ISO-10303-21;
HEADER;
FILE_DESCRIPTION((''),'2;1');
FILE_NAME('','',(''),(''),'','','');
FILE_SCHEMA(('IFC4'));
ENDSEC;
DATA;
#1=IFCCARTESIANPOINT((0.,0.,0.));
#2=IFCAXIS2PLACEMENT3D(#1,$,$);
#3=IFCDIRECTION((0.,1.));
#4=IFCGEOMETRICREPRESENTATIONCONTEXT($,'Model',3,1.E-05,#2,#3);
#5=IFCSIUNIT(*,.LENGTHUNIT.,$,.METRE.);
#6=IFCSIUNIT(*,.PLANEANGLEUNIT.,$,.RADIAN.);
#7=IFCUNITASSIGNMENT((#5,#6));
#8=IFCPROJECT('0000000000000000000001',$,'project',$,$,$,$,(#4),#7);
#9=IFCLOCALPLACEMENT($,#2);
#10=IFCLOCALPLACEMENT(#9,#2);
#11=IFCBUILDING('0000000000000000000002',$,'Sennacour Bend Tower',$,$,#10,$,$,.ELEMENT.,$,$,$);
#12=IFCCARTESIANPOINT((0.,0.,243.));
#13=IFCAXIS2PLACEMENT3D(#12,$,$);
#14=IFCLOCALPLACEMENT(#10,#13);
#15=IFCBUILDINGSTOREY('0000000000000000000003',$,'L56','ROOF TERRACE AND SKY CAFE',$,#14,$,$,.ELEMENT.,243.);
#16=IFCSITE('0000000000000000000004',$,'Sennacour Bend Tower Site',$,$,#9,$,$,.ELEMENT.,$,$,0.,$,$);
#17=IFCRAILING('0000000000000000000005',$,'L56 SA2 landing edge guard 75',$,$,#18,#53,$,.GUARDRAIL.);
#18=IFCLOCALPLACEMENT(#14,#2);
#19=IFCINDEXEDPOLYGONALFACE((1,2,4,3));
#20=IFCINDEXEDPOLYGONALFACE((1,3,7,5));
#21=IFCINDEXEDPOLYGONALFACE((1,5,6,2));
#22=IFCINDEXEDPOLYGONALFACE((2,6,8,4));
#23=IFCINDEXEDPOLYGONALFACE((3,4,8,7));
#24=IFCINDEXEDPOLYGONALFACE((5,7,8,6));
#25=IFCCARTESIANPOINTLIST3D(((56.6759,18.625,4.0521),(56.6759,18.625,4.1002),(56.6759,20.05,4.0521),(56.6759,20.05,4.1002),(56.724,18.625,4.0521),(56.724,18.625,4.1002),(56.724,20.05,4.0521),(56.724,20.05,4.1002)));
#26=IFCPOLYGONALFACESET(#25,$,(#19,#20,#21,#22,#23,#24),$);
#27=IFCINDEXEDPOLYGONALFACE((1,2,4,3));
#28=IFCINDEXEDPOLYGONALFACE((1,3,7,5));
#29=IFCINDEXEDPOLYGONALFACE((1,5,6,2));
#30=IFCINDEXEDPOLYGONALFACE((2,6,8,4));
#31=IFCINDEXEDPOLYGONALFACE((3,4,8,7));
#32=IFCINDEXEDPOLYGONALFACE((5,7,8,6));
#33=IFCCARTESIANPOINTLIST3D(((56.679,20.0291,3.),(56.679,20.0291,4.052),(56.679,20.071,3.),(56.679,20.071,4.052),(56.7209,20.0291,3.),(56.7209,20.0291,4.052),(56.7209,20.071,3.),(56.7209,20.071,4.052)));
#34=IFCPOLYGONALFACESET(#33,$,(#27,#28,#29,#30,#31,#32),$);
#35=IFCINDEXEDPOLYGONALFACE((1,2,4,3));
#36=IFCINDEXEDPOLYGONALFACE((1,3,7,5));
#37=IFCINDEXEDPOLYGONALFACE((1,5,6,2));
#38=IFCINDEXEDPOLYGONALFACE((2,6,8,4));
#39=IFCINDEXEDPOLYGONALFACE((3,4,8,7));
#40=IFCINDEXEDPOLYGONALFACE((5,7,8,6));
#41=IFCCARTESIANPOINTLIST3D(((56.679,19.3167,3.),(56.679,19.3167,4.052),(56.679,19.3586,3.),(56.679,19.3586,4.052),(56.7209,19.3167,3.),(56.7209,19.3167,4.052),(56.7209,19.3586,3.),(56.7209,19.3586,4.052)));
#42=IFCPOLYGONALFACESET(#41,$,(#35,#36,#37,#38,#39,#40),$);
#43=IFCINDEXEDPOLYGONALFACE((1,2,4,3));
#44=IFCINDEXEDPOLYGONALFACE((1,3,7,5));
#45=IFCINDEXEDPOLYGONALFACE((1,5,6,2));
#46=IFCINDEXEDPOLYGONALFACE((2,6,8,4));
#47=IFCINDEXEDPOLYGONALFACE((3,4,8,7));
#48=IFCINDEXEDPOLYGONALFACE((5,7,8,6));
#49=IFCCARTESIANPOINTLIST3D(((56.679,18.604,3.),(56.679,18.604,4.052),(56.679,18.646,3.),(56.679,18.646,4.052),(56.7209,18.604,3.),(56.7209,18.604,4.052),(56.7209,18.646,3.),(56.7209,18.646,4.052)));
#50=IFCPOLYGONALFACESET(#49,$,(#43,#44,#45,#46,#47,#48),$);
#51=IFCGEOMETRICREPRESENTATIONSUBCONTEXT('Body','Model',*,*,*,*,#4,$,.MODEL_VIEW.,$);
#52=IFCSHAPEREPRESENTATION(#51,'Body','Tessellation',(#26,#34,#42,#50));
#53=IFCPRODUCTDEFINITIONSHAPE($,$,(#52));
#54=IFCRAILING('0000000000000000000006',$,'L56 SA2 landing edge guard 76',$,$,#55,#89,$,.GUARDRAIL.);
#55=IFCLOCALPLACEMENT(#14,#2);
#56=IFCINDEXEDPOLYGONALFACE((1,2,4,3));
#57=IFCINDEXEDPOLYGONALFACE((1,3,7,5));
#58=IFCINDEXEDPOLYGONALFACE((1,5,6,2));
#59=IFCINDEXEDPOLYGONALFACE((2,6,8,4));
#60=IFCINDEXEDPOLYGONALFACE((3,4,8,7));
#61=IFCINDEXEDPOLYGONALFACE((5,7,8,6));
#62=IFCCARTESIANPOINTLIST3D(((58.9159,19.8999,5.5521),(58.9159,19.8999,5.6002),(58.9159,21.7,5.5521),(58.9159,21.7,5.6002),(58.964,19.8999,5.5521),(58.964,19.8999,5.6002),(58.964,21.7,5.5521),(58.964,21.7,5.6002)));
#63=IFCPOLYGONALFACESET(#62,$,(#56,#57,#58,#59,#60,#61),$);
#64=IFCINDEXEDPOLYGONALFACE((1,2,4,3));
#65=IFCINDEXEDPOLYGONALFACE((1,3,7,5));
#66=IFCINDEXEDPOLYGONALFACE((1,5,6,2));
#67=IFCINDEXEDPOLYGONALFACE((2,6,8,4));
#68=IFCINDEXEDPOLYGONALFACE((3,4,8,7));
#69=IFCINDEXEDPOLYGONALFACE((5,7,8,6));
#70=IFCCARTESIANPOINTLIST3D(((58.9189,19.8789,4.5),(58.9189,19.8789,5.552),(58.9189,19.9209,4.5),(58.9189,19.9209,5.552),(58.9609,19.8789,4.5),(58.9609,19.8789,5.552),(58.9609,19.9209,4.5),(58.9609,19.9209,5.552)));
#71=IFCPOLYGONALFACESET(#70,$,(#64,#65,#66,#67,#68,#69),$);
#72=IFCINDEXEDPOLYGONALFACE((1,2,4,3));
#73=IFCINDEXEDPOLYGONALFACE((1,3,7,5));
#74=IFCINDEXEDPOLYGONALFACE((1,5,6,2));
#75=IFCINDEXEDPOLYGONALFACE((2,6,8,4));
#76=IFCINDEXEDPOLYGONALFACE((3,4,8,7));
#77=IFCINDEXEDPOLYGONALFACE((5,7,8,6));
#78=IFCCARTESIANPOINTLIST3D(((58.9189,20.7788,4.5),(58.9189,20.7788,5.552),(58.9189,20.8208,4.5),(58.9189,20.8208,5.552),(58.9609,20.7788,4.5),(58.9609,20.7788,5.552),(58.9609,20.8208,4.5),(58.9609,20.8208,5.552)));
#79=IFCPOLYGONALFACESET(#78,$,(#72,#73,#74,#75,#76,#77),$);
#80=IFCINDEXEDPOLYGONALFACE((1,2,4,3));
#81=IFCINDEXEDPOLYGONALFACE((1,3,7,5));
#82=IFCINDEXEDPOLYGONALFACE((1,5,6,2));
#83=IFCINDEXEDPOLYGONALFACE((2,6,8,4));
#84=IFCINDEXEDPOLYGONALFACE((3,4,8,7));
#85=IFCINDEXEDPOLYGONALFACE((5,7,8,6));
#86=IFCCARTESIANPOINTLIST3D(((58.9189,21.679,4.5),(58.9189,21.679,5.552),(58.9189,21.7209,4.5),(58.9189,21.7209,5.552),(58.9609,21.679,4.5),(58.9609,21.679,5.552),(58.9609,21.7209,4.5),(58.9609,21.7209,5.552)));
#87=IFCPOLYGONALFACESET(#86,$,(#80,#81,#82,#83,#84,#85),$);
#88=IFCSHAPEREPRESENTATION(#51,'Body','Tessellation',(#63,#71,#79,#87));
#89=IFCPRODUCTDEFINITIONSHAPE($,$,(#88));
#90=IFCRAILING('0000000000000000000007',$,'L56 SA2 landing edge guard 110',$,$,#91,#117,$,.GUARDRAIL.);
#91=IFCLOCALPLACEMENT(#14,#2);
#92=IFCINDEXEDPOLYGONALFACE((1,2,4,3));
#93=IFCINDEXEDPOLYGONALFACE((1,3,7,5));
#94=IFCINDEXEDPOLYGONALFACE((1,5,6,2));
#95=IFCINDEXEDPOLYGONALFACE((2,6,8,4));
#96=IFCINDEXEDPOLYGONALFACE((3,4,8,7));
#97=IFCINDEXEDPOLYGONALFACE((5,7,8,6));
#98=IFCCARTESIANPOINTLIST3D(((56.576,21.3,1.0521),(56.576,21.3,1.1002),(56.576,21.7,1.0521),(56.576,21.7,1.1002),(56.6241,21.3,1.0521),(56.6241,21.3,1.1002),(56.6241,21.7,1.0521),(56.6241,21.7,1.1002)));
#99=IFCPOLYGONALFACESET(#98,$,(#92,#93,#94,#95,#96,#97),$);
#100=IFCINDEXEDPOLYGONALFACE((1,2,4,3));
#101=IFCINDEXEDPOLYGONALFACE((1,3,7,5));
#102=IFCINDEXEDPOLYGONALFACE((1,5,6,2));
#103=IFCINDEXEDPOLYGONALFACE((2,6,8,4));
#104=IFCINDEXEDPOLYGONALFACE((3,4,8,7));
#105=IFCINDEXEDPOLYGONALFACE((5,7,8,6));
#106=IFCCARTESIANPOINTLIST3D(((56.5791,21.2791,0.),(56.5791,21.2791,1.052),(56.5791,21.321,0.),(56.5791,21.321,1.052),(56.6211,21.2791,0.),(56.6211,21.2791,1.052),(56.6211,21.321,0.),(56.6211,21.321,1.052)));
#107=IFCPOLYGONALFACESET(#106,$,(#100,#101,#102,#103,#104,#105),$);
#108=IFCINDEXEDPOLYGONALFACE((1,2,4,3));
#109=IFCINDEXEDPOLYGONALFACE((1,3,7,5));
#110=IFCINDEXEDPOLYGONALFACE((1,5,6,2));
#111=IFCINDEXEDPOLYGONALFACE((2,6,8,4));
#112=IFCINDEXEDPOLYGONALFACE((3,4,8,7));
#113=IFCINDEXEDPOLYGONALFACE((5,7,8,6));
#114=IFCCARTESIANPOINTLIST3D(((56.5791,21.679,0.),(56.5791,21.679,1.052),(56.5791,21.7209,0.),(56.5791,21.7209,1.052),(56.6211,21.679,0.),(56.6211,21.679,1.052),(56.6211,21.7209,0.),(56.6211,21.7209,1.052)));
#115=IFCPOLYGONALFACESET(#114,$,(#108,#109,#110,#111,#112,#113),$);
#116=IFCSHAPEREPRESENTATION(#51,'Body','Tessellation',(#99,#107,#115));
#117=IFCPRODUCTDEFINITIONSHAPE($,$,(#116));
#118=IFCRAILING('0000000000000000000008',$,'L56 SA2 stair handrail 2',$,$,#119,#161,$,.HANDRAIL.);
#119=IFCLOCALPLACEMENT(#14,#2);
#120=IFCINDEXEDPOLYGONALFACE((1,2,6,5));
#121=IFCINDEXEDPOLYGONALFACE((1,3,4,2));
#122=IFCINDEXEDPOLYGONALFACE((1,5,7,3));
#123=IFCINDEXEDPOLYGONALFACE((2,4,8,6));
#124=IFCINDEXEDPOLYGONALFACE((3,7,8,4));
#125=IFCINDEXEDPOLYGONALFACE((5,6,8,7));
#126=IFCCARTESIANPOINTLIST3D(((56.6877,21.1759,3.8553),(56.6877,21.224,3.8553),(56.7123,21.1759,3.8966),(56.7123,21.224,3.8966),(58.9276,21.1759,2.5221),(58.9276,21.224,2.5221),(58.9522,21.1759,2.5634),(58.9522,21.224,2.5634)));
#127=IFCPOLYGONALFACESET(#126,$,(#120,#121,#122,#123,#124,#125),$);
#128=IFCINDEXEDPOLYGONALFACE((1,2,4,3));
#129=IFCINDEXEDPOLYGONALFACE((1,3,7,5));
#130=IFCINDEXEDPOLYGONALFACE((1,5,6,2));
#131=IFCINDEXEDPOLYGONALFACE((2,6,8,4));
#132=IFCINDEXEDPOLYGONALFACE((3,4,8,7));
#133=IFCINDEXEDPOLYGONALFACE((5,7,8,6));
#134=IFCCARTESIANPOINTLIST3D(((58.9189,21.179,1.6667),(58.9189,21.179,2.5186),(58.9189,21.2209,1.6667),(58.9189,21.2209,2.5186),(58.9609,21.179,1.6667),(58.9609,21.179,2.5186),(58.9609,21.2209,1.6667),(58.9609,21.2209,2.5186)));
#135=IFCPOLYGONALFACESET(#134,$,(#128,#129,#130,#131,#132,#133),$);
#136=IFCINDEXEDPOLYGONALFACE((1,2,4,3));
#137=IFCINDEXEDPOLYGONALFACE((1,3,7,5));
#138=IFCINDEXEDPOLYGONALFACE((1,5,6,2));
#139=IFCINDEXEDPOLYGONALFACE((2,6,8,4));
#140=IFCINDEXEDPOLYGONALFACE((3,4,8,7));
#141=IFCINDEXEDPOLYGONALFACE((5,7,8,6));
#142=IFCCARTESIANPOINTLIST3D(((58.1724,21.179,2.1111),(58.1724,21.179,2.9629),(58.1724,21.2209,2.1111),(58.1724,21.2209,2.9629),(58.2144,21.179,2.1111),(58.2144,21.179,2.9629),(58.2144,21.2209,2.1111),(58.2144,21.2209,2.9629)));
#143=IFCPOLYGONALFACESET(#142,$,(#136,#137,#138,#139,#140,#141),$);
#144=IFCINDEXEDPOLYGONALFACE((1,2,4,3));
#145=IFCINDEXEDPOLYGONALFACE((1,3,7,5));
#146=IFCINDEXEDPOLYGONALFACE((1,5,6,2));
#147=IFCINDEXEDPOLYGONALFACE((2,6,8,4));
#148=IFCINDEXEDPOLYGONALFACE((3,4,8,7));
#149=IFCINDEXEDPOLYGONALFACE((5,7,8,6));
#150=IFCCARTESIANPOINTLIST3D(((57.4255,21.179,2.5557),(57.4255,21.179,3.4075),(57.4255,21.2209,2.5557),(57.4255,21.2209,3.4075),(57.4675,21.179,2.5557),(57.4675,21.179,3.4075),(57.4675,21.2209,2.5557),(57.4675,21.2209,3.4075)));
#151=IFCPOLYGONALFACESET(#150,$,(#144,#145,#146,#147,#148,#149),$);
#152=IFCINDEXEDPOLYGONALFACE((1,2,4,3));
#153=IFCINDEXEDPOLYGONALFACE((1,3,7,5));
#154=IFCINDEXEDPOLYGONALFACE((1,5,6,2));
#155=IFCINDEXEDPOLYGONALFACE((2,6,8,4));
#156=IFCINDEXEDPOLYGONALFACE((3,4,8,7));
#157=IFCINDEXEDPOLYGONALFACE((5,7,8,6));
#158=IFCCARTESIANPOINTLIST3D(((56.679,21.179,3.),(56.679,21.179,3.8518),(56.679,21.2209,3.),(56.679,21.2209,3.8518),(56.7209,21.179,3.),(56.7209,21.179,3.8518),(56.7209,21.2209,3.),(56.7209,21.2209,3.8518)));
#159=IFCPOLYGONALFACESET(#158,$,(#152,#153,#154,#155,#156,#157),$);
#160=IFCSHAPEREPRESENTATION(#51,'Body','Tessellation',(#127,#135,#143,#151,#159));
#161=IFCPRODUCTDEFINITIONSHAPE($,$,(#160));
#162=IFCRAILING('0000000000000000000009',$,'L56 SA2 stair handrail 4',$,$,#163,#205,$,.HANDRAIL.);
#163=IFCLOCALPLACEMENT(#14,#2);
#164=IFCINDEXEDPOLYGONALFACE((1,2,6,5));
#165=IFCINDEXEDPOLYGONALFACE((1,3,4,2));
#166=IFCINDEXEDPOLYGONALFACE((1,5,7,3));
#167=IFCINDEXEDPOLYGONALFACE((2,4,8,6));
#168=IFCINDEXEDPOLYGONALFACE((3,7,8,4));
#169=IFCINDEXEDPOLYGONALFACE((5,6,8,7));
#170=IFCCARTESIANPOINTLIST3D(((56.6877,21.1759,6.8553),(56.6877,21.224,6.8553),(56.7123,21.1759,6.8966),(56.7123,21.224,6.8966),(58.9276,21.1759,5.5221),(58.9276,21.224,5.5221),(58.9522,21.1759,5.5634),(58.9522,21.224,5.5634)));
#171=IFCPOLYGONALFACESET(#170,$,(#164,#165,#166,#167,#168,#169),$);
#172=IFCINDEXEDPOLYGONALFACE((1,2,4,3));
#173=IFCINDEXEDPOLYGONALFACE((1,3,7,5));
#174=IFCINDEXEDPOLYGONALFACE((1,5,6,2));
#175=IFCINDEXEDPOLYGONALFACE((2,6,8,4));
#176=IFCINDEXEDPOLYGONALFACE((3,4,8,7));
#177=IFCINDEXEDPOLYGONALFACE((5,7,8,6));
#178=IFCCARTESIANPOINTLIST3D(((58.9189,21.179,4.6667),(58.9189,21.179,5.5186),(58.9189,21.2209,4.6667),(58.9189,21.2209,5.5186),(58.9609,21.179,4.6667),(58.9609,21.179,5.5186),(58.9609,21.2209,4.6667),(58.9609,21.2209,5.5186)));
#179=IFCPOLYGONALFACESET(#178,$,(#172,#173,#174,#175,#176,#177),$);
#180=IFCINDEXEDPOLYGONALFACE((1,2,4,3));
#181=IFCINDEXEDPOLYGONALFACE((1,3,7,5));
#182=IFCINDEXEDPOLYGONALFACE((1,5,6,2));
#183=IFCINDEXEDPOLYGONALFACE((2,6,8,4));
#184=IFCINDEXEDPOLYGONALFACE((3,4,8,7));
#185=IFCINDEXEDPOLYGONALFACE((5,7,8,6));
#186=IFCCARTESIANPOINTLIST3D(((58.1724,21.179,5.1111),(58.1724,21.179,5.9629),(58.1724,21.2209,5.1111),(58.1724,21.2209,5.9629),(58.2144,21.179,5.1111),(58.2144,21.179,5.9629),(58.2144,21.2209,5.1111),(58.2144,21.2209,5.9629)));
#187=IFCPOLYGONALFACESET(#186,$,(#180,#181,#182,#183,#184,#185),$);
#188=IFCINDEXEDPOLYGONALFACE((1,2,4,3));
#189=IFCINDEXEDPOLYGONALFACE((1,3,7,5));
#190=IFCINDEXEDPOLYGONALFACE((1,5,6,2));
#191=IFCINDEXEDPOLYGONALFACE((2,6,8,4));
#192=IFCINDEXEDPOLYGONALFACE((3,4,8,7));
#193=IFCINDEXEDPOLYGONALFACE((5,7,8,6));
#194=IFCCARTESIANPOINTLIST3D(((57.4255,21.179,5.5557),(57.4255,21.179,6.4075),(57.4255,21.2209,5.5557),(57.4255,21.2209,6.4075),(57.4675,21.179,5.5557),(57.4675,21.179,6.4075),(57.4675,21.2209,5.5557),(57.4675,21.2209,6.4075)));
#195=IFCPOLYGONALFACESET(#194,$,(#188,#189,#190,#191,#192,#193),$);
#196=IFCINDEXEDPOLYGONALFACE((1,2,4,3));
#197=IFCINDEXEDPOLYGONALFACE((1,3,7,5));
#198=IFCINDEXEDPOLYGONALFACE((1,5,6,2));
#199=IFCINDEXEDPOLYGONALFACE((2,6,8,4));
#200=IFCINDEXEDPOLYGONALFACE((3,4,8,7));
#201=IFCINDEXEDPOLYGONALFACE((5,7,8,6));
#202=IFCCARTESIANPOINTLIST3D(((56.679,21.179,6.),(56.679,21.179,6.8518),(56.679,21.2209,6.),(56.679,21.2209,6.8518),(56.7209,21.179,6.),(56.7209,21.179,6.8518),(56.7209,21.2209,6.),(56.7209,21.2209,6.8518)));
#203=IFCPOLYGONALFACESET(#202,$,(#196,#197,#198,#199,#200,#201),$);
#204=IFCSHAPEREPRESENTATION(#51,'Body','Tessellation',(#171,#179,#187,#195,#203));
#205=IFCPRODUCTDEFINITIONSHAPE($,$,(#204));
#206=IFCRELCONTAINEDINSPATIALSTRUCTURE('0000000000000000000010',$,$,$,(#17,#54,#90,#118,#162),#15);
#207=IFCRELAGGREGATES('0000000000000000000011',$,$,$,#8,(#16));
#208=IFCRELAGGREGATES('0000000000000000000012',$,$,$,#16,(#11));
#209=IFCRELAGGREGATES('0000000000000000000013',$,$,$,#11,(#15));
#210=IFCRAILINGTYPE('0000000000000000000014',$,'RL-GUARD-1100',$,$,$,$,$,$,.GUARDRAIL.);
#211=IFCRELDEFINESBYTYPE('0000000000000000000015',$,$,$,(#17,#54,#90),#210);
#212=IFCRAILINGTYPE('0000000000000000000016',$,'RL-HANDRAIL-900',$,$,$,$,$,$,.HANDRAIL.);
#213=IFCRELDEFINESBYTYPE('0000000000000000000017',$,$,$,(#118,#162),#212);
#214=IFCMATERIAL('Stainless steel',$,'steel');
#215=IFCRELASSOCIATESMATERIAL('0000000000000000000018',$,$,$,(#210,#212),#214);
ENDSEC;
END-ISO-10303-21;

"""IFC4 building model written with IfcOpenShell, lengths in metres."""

from ifc_helpers import new_model, si_unit, direction, frame, origin, origin_2d, place, context, subcontext, project, spatial, rectangle, extrude, material, type_object, element, save


model = new_model("IFC4")

# Units and contexts
model_context = context("Model", 3, precision=1e-05, world=origin(), true_north=direction((0.0, 1.0)))
body_context = subcontext(model_context, "Body", "Model", "MODEL_VIEW")
ifc_project = project(units=[si_unit("LENGTHUNIT", "METRE"), si_unit("PLANEANGLEUNIT", "RADIAN")], contexts=[model_context])

# Site, building, storey
site_placement = place(None, origin())
site = spatial("IfcSite", under=ifc_project, at=site_placement, Name="Sennacour Bend Tower Site", CompositionType="ELEMENT", RefElevation=0.0)
building_placement = place(site_placement, origin())
building = spatial("IfcBuilding", under=site, at=building_placement, Name="Sennacour Bend Tower", CompositionType="ELEMENT")
storey_placement = place(building_placement, frame((0.0, 0.0, 243.0)))
storey = spatial("IfcBuildingStorey", under=building, at=storey_placement, Name="L56", Description="ROOF TERRACE AND SKY CAFE", CompositionType="ELEMENT", Elevation=243.0)

# Railings
ifc_material_1 = material(Name="Stainless steel", Category="steel")
railing_type_1 = type_object("IfcRailingType", Name="RL-GUARD-1100", PredefinedType="GUARDRAIL", material=ifc_material_1)
railing_1_placement = place(storey_placement, frame((56.7, 20.05, 3.0)))
element("IfcRailing", 1, at=railing_1_placement, inside=storey, type_object=railing_type_1, Name="L56 SA2 landing edge guard 75", PredefinedType="GUARDRAIL", context=body_context, shape_type="SweptSolid", body=[
    extrude(rectangle(XDim=0.0481, YDim=0.0481, at=origin_2d()), frame((0.0, 0.0, 1.0762), z_axis=(0.0, -1.0, 0.0), x_axis=(1.0, 0.0, 0.0)), (0.0, 0.0, 1.0), 1.425),
    extrude(rectangle(XDim=0.042, YDim=0.042, at=origin_2d()), origin(), (0.0, 0.0, 1.0), 1.052),
    extrude(rectangle(XDim=0.042, YDim=0.042, at=origin_2d()), frame((0.0, -0.7124, 0.0)), (0.0, 0.0, 1.0), 1.052),
    extrude(rectangle(XDim=0.042, YDim=0.042, at=origin_2d()), frame((0.0, -1.425, 0.0)), (0.0, 0.0, 1.0), 1.052),
])
railing_2_placement = place(storey_placement, frame((58.9399, 19.8999, 4.5)))
element("IfcRailing", 2, at=railing_2_placement, inside=storey, type_object=railing_type_1, Name="L56 SA2 landing edge guard 76", PredefinedType="GUARDRAIL", context=body_context, shape_type="SweptSolid", body=[
    extrude(rectangle(XDim=0.0481, YDim=0.0481, at=origin_2d()), frame((0.0, 0.0, 1.0762), z_axis=(0.0, 1.0, 0.0), x_axis=(-1.0, 0.0, 0.0)), (0.0, 0.0, 1.0), 1.8),
    extrude(rectangle(XDim=0.042, YDim=0.042, at=origin_2d()), origin(), (0.0, 0.0, 1.0), 1.052),
    extrude(rectangle(XDim=0.042, YDim=0.042, at=origin_2d()), frame((0.0, 0.8999, 0.0)), (0.0, 0.0, 1.0), 1.052),
    extrude(rectangle(XDim=0.042, YDim=0.042, at=origin_2d()), frame((0.0, 1.8, 0.0)), (0.0, 0.0, 1.0), 1.052),
])
railing_3_placement = place(storey_placement, frame((56.6001, 21.3, 0.0)))
element("IfcRailing", 3, at=railing_3_placement, inside=storey, type_object=railing_type_1, Name="L56 SA2 landing edge guard 110", PredefinedType="GUARDRAIL", context=body_context, shape_type="SweptSolid", body=[
    extrude(rectangle(XDim=0.0481, YDim=0.0481, at=origin_2d()), frame((0.0, 0.0, 1.0762), z_axis=(0.0, 1.0, 0.0), x_axis=(-1.0, 0.0, 0.0)), (0.0, 0.0, 1.0), 0.3999),
    extrude(rectangle(XDim=0.042, YDim=0.042, at=origin_2d()), origin(), (0.0, 0.0, 1.0), 1.052),
    extrude(rectangle(XDim=0.042, YDim=0.042, at=origin_2d()), frame((0.0, 0.3999, 0.0)), (0.0, 0.0, 1.0), 1.052),
])
railing_type_2 = type_object("IfcRailingType", Name="RL-HANDRAIL-900", PredefinedType="HANDRAIL", material=ifc_material_1)
for number, where, name in (
    (4, (58.9399, 21.2, 1.6667), "L56 SA2 stair handrail 2"),
    (5, (58.9399, 21.2, 4.6667), "L56 SA2 stair handrail 4"),
):
    element("IfcRailing", number, at=place(storey_placement, frame(where)), inside=storey, type_object=railing_type_2, Name=name, PredefinedType="HANDRAIL", context=body_context, shape_type="SweptSolid", body=[
        extrude(rectangle(XDim=0.0481, YDim=0.0481, at=origin_2d()), frame((0.0, 0.0, 0.876), z_axis=(-0.859306, 0.0, 0.511462), x_axis=(0.0, -1.0, 0.0)), (0.0, 0.0, 1.0), 2.6067),
        extrude(rectangle(XDim=0.042, YDim=0.042, at=origin_2d()), origin(), (0.0, 0.0, 1.0), 0.8518),
        extrude(rectangle(XDim=0.042, YDim=0.042, at=origin_2d()), frame((-0.7466, 0.0, 0.4443)), (0.0, 0.0, 1.0), 0.8518),
        extrude(rectangle(XDim=0.042, YDim=0.042, at=origin_2d()), frame((-1.4934, 0.0, 0.8889)), (0.0, 0.0, 1.0), 0.8518),
        extrude(rectangle(XDim=0.042, YDim=0.042, at=origin_2d()), frame((-2.24, 0.0, 1.3333)), (0.0, 0.0, 1.0), 0.8518),
    ])

save(model, "model.ifc")
